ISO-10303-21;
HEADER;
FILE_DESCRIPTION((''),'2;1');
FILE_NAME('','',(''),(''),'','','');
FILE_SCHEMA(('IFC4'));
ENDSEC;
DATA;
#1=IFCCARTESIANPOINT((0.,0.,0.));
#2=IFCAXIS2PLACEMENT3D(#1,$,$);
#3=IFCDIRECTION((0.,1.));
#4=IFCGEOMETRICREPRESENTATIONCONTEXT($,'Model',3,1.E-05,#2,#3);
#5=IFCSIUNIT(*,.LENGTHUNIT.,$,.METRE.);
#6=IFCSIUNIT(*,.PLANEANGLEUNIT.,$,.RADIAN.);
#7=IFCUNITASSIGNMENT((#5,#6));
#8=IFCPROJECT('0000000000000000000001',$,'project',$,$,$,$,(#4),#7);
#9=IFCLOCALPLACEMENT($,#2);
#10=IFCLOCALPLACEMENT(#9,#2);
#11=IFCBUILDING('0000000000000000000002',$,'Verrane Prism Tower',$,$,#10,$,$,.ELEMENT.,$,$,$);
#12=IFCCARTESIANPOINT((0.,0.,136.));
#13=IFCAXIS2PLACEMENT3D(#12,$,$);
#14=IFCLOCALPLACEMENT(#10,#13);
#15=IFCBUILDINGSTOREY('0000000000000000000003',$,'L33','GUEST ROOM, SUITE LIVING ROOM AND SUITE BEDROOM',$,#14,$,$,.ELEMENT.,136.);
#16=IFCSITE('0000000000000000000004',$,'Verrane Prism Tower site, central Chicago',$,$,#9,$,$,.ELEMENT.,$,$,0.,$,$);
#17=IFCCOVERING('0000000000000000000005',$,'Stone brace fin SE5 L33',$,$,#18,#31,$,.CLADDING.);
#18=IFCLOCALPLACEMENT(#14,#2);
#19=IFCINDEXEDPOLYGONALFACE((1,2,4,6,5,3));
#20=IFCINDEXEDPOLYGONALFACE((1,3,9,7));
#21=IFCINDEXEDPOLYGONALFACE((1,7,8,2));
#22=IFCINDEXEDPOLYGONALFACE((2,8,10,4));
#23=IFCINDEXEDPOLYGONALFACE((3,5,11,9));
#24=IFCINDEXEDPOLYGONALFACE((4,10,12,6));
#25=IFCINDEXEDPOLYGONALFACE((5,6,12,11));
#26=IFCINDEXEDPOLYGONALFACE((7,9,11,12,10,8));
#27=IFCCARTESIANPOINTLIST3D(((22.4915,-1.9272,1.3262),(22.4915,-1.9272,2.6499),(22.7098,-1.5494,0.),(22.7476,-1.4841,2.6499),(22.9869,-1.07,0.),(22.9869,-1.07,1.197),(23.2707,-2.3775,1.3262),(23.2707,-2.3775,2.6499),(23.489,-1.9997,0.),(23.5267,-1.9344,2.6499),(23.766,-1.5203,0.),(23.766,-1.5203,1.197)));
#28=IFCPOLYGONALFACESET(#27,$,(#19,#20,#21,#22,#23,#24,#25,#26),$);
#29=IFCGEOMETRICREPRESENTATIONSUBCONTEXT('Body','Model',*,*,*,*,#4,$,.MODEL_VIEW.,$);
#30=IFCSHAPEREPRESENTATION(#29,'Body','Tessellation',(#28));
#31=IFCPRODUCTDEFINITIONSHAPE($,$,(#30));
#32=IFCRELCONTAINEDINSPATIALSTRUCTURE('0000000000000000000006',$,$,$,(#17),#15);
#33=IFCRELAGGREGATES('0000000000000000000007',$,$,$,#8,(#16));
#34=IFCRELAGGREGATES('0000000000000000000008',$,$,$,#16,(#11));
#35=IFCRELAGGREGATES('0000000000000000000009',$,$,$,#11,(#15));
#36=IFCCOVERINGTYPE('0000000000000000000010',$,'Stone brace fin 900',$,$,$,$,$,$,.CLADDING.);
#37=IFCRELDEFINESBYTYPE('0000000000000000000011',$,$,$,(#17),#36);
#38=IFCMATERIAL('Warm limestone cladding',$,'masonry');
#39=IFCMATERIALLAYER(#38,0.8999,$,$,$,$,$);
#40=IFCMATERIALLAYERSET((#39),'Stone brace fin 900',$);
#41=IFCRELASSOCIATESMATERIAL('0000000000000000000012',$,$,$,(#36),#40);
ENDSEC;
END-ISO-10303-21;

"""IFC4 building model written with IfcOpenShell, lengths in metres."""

from ifc_helpers import new_model, si_unit, direction, frame, origin, place, context, subcontext, project, spatial, polyline, outline, extrude, material, layer, layer_set, type_object, element, save


model = new_model("IFC4")

# Units and contexts
model_context = context("Model", 3, precision=1e-05, world=origin(), true_north=direction((0.0, 1.0)))
body_context = subcontext(model_context, "Body", "Model", "MODEL_VIEW")
ifc_project = project(units=[si_unit("LENGTHUNIT", "METRE"), si_unit("PLANEANGLEUNIT", "RADIAN")], contexts=[model_context])

# Site, building, storey
site_placement = place(None, origin())
site = spatial("IfcSite", under=ifc_project, at=site_placement, Name="Verrane Prism Tower site, central Chicago", CompositionType="ELEMENT", RefElevation=0.0)
building_placement = place(site_placement, origin())
building = spatial("IfcBuilding", under=site, at=building_placement, Name="Verrane Prism Tower", CompositionType="ELEMENT")
storey_placement = place(building_placement, frame((0.0, 0.0, 136.0)))
storey = spatial("IfcBuildingStorey", under=building, at=storey_placement, Name="L33", Description="GUEST ROOM, SUITE LIVING ROOM AND SUITE BEDROOM", CompositionType="ELEMENT", Elevation=136.0)

# Covering
ifc_material_1 = material(Name="Warm limestone cladding", Category="masonry")
ifc_layer_1 = layer(ifc_material_1, 0.8999)
ifc_layer_set_1 = layer_set([ifc_layer_1], Name="Stone brace fin 900")
covering_type = type_object("IfcCoveringType", Name="Stone brace fin 900", PredefinedType="CLADDING", material=ifc_layer_set_1)
covering_placement = place(storey_placement, frame((23.3765, -1.2952, 0.0), z_axis=(0.0, 0.0, 1.0), x_axis=(-0.500356, -0.86582, 0.0)))
element("IfcCovering", 1, at=covering_placement, inside=storey, type_object=covering_type, Name="Stone brace fin SE5 L33", PredefinedType="CLADDING", context=body_context, shape_type="SweptSolid", body=[
    extrude(outline(polyline([(0.99, 2.6499), (0.4783, 2.6499), (0.0, 1.197), (0.0, 0.0), (0.5537, 0.0), (0.99, 1.3262), (0.99, 2.6499)])), frame((0.0, 0.45, 0.0), z_axis=(0.0, -1.0, 0.0), x_axis=(1.0, 0.0, 0.0)), (0.0, 0.0, 1.0), 0.8999),
])

save(model, "model.ifc")
